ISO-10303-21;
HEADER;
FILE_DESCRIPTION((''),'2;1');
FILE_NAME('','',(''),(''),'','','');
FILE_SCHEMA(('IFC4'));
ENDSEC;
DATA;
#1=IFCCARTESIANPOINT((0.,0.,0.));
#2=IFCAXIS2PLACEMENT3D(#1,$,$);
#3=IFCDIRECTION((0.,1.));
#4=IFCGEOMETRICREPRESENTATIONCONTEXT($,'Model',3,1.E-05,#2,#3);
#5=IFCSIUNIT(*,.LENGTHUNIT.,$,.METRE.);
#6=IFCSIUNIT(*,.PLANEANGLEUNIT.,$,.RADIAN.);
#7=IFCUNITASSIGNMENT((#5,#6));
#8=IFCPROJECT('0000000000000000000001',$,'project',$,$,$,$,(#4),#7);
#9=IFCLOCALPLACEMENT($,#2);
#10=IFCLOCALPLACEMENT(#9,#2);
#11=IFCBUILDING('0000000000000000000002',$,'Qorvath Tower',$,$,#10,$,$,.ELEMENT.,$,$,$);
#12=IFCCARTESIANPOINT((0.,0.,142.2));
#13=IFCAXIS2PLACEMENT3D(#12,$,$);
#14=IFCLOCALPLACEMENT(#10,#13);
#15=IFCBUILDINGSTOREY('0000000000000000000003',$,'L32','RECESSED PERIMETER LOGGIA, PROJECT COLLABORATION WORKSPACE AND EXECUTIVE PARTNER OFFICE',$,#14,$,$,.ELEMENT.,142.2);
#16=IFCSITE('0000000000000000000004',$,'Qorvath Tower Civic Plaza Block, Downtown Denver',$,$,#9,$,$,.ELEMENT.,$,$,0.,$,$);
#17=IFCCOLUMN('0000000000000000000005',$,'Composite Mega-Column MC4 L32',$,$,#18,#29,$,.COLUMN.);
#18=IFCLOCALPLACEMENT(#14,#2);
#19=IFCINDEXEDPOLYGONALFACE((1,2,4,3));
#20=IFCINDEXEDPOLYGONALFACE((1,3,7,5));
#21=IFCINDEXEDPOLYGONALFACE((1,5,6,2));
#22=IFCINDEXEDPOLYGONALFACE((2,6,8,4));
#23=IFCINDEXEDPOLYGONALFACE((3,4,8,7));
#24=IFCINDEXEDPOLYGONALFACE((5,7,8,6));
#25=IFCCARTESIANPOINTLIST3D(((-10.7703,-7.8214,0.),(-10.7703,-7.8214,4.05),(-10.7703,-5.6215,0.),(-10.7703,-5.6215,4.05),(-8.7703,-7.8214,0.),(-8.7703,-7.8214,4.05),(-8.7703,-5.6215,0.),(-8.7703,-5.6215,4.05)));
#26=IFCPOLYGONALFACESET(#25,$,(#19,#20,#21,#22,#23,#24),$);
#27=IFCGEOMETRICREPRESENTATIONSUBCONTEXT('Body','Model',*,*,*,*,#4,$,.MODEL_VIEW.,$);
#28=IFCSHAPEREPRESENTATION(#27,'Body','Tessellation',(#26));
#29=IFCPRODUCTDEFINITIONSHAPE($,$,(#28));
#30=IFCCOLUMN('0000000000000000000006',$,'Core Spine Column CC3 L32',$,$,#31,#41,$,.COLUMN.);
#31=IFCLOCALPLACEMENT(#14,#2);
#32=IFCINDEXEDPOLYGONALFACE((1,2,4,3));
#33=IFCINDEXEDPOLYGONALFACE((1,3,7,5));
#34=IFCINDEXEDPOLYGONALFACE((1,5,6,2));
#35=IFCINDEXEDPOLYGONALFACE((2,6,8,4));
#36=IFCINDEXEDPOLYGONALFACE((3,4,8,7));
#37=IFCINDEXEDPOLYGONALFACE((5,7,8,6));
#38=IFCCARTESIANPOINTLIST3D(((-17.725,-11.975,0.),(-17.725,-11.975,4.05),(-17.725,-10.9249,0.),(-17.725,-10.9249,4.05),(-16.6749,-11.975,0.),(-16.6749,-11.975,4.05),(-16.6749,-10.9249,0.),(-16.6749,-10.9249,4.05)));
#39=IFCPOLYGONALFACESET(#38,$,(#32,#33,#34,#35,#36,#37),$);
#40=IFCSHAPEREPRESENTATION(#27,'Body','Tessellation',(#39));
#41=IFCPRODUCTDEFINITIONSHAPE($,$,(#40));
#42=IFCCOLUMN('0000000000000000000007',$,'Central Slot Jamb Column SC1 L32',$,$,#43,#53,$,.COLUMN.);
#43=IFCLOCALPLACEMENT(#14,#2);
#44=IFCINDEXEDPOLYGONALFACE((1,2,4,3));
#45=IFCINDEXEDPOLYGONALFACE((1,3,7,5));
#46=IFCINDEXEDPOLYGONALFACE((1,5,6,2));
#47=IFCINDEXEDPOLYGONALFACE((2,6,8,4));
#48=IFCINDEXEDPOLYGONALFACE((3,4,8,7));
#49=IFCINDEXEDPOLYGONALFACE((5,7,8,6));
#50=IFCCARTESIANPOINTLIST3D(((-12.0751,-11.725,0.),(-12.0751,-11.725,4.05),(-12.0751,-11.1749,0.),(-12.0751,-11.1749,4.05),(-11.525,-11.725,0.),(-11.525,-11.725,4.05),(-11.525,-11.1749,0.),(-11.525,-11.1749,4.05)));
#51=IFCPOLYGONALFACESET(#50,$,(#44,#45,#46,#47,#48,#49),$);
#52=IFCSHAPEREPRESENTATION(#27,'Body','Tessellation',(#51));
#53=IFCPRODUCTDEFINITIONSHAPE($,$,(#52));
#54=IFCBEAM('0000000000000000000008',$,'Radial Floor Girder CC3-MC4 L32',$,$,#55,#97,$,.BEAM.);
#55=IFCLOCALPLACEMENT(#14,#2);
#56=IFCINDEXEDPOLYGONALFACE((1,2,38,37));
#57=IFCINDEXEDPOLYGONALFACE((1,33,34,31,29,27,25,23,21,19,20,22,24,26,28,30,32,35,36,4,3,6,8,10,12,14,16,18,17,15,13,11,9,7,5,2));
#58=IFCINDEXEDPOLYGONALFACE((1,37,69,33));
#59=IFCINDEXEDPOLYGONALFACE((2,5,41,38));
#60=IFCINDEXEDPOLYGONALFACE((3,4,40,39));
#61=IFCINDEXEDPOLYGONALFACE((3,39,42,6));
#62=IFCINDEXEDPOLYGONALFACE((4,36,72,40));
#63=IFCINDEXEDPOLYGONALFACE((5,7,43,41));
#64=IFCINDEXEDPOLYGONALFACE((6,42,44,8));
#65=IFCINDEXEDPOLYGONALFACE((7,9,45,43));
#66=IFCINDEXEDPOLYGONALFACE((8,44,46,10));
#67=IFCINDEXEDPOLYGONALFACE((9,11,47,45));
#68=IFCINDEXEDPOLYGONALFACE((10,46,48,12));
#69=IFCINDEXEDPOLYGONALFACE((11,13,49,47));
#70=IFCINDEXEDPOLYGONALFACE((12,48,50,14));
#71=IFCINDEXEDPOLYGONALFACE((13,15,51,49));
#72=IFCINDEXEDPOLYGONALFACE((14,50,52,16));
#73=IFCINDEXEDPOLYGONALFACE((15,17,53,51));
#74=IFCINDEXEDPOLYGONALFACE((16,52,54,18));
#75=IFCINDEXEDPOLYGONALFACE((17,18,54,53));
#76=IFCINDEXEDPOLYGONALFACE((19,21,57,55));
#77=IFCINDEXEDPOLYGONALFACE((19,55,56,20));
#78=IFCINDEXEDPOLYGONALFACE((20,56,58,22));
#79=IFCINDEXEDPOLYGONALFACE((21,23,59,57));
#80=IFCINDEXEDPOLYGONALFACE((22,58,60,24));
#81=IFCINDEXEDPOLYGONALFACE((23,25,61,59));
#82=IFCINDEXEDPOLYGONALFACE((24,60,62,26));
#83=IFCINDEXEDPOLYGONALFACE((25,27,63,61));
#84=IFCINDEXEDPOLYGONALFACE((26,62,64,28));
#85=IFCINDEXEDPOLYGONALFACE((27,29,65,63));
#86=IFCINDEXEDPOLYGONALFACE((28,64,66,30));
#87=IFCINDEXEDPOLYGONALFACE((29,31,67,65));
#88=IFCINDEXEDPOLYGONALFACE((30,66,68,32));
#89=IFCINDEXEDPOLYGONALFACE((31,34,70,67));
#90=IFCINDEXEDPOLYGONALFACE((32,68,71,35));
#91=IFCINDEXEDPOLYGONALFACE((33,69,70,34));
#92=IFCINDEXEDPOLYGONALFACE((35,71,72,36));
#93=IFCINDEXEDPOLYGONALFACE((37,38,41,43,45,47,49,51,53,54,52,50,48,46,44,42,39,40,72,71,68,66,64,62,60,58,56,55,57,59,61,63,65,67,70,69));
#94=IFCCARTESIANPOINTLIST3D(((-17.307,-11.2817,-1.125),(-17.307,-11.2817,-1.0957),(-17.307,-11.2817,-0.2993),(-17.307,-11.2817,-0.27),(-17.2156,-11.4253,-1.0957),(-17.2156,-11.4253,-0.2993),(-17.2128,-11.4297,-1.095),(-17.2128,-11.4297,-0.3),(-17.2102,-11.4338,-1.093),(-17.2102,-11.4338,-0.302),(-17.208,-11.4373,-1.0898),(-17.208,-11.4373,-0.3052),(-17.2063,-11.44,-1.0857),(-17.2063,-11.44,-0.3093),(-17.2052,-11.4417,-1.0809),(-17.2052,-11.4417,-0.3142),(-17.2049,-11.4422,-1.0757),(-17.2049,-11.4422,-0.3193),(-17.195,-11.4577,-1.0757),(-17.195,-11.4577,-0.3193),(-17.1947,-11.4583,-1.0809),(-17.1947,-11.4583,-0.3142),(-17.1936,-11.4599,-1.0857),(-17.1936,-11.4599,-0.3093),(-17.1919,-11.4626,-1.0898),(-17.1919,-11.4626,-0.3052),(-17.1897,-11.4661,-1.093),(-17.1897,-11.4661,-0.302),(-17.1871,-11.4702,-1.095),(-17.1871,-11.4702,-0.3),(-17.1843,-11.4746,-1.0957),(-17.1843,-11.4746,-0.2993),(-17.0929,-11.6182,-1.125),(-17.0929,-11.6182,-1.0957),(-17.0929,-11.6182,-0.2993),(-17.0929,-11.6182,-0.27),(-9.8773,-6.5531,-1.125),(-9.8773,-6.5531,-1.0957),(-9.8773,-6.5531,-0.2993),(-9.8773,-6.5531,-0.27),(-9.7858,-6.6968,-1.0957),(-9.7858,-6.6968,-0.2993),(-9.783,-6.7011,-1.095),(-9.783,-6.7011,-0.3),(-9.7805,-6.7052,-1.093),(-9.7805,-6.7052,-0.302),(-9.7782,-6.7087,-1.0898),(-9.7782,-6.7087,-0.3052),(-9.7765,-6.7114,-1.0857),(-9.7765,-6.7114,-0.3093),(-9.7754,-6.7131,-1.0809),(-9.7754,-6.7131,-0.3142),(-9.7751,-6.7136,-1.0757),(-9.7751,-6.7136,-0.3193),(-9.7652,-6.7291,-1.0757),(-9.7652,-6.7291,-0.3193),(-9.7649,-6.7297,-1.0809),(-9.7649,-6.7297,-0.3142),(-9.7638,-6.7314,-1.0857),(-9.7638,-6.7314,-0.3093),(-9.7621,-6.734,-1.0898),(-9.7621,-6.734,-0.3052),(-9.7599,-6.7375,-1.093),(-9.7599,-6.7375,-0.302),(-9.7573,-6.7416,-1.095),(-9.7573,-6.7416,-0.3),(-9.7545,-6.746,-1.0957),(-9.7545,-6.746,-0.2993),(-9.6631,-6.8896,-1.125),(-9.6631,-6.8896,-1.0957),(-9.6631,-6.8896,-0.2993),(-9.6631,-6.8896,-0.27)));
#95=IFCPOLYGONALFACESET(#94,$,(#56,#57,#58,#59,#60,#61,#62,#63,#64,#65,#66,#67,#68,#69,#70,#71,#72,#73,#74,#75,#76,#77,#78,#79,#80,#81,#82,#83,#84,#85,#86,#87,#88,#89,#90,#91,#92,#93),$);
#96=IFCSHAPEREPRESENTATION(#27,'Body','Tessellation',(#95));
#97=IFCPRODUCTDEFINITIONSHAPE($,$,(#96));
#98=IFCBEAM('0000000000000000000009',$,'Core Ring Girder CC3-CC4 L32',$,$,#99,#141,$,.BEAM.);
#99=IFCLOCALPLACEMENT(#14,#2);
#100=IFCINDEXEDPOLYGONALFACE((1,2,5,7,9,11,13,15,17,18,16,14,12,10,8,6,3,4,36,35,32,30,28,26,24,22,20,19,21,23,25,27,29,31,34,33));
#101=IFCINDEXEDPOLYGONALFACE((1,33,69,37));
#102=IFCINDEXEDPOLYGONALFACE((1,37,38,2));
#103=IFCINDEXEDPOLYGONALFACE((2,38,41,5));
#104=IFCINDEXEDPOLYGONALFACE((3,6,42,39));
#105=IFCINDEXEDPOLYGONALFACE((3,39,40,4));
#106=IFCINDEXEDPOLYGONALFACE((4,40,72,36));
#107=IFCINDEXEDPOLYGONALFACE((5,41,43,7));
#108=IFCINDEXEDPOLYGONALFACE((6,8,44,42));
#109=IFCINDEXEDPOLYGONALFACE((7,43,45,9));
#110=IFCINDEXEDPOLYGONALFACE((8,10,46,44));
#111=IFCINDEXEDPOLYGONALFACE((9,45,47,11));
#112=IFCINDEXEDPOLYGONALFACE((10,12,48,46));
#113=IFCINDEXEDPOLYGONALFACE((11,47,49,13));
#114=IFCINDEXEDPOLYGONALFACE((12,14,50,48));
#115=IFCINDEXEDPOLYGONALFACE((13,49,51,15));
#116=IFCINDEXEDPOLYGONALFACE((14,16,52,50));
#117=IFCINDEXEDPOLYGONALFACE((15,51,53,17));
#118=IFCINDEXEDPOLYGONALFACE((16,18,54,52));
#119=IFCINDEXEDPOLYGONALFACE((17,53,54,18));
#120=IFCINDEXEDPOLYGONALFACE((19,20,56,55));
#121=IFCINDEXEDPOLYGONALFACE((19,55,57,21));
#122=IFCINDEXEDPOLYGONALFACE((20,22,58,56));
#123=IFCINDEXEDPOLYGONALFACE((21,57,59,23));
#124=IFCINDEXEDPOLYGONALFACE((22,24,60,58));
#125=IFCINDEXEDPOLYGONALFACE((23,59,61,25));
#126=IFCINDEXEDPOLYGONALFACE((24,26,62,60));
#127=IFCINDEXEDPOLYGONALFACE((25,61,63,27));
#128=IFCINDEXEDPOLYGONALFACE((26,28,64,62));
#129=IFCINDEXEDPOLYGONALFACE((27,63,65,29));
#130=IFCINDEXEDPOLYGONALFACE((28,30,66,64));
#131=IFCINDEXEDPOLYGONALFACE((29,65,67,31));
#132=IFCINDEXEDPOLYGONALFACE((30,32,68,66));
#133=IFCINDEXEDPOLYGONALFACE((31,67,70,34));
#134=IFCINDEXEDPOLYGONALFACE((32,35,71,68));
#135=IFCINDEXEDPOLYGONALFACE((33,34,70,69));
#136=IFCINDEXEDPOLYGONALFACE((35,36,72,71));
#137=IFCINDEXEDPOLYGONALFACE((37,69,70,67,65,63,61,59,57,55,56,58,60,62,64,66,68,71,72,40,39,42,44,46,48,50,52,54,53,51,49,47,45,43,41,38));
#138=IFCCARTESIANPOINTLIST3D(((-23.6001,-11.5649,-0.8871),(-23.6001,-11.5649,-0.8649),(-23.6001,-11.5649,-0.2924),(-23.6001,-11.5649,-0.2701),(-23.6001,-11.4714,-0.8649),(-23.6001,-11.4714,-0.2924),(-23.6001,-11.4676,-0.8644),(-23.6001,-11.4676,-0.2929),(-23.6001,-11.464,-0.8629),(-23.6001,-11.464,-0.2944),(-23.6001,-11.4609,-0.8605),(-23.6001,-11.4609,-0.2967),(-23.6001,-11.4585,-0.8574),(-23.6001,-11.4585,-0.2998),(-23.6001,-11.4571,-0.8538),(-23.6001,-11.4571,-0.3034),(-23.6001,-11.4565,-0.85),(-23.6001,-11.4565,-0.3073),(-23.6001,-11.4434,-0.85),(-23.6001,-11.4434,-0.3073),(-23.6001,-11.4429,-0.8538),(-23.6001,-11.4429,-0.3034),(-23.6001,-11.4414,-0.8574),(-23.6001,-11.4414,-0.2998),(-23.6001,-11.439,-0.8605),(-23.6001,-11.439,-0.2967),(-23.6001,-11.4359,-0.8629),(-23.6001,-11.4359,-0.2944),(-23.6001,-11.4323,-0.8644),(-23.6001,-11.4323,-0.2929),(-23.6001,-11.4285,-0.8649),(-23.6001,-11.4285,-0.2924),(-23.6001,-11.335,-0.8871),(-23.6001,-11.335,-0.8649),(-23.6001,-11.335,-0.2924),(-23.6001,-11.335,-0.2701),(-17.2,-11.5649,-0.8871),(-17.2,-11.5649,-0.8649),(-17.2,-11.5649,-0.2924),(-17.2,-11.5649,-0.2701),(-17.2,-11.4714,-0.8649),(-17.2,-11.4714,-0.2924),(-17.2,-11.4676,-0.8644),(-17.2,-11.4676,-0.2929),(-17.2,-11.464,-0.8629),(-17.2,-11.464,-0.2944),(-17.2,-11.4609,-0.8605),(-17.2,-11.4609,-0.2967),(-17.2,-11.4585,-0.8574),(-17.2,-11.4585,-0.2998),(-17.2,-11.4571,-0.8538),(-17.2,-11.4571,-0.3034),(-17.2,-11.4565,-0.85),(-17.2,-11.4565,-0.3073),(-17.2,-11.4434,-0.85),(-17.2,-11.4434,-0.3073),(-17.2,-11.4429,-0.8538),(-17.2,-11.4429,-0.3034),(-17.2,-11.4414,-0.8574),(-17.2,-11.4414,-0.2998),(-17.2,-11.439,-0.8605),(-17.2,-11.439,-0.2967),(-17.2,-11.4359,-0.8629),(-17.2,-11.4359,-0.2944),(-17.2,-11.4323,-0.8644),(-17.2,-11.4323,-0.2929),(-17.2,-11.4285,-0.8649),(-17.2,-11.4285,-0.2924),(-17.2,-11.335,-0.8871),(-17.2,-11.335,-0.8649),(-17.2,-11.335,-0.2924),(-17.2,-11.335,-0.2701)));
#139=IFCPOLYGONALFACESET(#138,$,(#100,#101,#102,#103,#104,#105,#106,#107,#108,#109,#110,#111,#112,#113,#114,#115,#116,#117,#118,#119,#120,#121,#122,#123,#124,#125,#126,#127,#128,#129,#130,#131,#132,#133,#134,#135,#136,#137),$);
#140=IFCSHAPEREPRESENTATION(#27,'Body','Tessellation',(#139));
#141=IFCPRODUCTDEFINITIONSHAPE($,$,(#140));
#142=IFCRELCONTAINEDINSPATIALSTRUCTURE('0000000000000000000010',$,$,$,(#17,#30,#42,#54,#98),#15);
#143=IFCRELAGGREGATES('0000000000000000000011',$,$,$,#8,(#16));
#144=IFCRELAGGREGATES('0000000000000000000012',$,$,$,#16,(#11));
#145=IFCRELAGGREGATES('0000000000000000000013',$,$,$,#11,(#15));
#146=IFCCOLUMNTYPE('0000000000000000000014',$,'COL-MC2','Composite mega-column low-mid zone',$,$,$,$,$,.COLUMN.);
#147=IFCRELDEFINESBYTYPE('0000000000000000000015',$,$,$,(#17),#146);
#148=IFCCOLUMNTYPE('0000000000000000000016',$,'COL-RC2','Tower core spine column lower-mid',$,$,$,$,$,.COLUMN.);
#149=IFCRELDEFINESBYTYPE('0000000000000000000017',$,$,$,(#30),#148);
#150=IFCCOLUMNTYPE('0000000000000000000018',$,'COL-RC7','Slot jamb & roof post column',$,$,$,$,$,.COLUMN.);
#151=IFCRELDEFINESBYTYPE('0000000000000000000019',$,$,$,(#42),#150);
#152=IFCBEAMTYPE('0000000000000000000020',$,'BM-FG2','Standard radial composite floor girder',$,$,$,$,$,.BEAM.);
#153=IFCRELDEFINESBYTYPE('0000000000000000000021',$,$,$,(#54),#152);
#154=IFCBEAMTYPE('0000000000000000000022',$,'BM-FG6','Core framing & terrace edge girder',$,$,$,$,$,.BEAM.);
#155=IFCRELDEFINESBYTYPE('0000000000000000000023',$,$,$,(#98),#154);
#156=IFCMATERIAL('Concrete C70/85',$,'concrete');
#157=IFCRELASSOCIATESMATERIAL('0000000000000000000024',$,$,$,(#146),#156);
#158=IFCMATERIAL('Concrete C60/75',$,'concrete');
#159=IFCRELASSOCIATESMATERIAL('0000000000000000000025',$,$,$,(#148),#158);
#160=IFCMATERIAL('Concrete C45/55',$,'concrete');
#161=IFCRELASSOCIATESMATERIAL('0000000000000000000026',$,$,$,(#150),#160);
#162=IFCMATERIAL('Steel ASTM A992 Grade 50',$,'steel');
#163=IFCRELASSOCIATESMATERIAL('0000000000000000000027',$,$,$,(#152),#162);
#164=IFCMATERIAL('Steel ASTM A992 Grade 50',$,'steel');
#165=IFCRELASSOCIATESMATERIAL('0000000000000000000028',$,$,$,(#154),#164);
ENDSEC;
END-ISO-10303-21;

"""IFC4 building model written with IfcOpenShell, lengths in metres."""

from ifc_helpers import new_model, si_unit, direction, frame, origin, origin_2d, place, context, subcontext, project, spatial, rectangle, i_section, extrude, material, material_profile, profile_set, type_object, element, save


model = new_model("IFC4")

# Units and contexts
model_context = context("Model", 3, precision=1e-05, world=origin(), true_north=direction((0.0, 1.0)))
body_context = subcontext(model_context, "Body", "Model", "MODEL_VIEW")
ifc_project = project(units=[si_unit("LENGTHUNIT", "METRE"), si_unit("PLANEANGLEUNIT", "RADIAN")], contexts=[model_context])

# Site, building, storey
site_placement = place(None, origin())
site = spatial("IfcSite", under=ifc_project, at=site_placement, Name="Qorvath Tower Civic Plaza Block, Downtown Denver", CompositionType="ELEMENT", RefElevation=0.0)
building_placement = place(site_placement, origin())
building = spatial("IfcBuilding", under=site, at=building_placement, Name="Qorvath Tower", CompositionType="ELEMENT")
storey_placement = place(building_placement, frame((0.0, 0.0, 142.2)))
storey = spatial("IfcBuildingStorey", under=building, at=storey_placement, Name="L32", Description="RECESSED PERIMETER LOGGIA, PROJECT COLLABORATION WORKSPACE AND EXECUTIVE PARTNER OFFICE", CompositionType="ELEMENT", Elevation=142.2)

# Columns
ifc_material_1 = material(Name="Concrete C70/85", Category="concrete")
ifc_material_profile_1 = material_profile(ifc_material_1, rectangle(XDim=2.0, YDim=2.2, at=origin_2d()), Name="MC 2200x2000")
ifc_profile_set_1 = profile_set([ifc_material_profile_1], Name="Concrete C70/85")
column_type_1 = type_object("IfcColumnType", Name="COL-MC2", Description="Composite mega-column low-mid zone", PredefinedType="COLUMN", material=ifc_profile_set_1)
column_1_placement = place(storey_placement, frame((-9.7703, -6.7214, 0.0), z_axis=(0.0, 0.0, 1.0), x_axis=(1.0, 0.0, 0.0)))
element("IfcColumn", 1, at=column_1_placement, inside=storey, type_object=column_type_1, Name="Composite Mega-Column MC4 L32", PredefinedType="COLUMN", context=body_context, shape_type="SweptSolid", body=[
    extrude(rectangle(XDim=2.0, YDim=2.2, at=origin_2d()), origin(), (0.0, 0.0, 1.0), 4.05),
])
ifc_material_2 = material(Name="Concrete C60/75", Category="concrete")
ifc_material_profile_2 = material_profile(ifc_material_2, rectangle(XDim=1.05, YDim=1.05, at=origin_2d()), Name="RC 1050x1050")
ifc_profile_set_2 = profile_set([ifc_material_profile_2], Name="Concrete C60/75")
column_type_2 = type_object("IfcColumnType", Name="COL-RC2", Description="Tower core spine column lower-mid", PredefinedType="COLUMN", material=ifc_profile_set_2)
column_2_placement = place(storey_placement, frame((-17.2, -11.45, 0.0), z_axis=(0.0, 0.0, 1.0), x_axis=(1.0, 0.0, 0.0)))
element("IfcColumn", 2, at=column_2_placement, inside=storey, type_object=column_type_2, Name="Core Spine Column CC3 L32", PredefinedType="COLUMN", context=body_context, shape_type="SweptSolid", body=[
    extrude(rectangle(XDim=1.05, YDim=1.05, at=origin_2d()), origin(), (0.0, 0.0, 1.0), 4.05),
])
ifc_material_3 = material(Name="Concrete C45/55", Category="concrete")
ifc_material_profile_3 = material_profile(ifc_material_3, rectangle(XDim=0.55, YDim=0.55, at=origin_2d()), Name="RC 550x550")
ifc_profile_set_3 = profile_set([ifc_material_profile_3], Name="Concrete C45/55")
column_type_3 = type_object("IfcColumnType", Name="COL-RC7", Description="Slot jamb & roof post column", PredefinedType="COLUMN", material=ifc_profile_set_3)
column_3_placement = place(storey_placement, frame((-11.8, -11.45, 0.0), z_axis=(0.0, 0.0, 1.0), x_axis=(1.0, 0.0, 0.0)))
element("IfcColumn", 3, at=column_3_placement, inside=storey, type_object=column_type_3, Name="Central Slot Jamb Column SC1 L32", PredefinedType="COLUMN", context=body_context, shape_type="SweptSolid", body=[
    extrude(rectangle(XDim=0.55, YDim=0.55, at=origin_2d()), origin(), (0.0, 0.0, 1.0), 4.05),
])

# Beams
ifc_material_4 = material(Name="Steel ASTM A992 Grade 50", Category="steel")
ifc_material_profile_4 = material_profile(ifc_material_4, i_section(OverallWidth=0.3989, OverallDepth=0.855, WebThickness=0.0183, FlangeThickness=0.0293, FilletRadius=0.02, at=origin_2d()), Name="W33x201")
ifc_profile_set_4 = profile_set([ifc_material_profile_4], Name="Steel ASTM A992 Grade 50")
beam_type_1 = type_object("IfcBeamType", Name="BM-FG2", Description="Standard radial composite floor girder", PredefinedType="BEAM", material=ifc_profile_set_4)
beam_1_placement = place(storey_placement, frame((-17.2, -11.45, -0.6975), z_axis=(0.843634, 0.536919, 0.0), x_axis=(-0.536919, 0.843634, 0.0)))
element("IfcBeam", 4, at=beam_1_placement, inside=storey, type_object=beam_type_1, Name="Radial Floor Girder CC3-MC4 L32", PredefinedType="BEAM", context=body_context, shape_type="SweptSolid", body=[
    extrude(i_section(OverallWidth=0.3989, OverallDepth=0.855, WebThickness=0.0183, FlangeThickness=0.0293, FilletRadius=0.02, at=origin_2d()), origin(), (0.0, 0.0, 1.0), 8.8069),
])
ifc_material_5 = material(Name="Steel ASTM A992 Grade 50", Category="steel")
ifc_material_profile_5 = material_profile(ifc_material_5, i_section(OverallWidth=0.23, OverallDepth=0.6169, WebThickness=0.0132, FlangeThickness=0.0222, FilletRadius=0.0149, at=origin_2d()), Name="W24x94")
ifc_profile_set_5 = profile_set([ifc_material_profile_5], Name="Steel ASTM A992 Grade 50")
beam_type_2 = type_object("IfcBeamType", Name="BM-FG6", Description="Core framing & terrace edge girder", PredefinedType="BEAM", material=ifc_profile_set_5)
beam_2_placement = place(storey_placement, frame((-17.2, -11.45, -0.5786), z_axis=(-1.0, 0.0, 0.0), x_axis=(0.0, -1.0, 0.0)))
element("IfcBeam", 5, at=beam_2_placement, inside=storey, type_object=beam_type_2, Name="Core Ring Girder CC3-CC4 L32", PredefinedType="BEAM", context=body_context, shape_type="SweptSolid", body=[
    extrude(i_section(OverallWidth=0.23, OverallDepth=0.6169, WebThickness=0.0132, FlangeThickness=0.0222, FilletRadius=0.0149, at=origin_2d()), origin(), (0.0, 0.0, 1.0), 6.4001),
])

save(model, "model.ifc")
